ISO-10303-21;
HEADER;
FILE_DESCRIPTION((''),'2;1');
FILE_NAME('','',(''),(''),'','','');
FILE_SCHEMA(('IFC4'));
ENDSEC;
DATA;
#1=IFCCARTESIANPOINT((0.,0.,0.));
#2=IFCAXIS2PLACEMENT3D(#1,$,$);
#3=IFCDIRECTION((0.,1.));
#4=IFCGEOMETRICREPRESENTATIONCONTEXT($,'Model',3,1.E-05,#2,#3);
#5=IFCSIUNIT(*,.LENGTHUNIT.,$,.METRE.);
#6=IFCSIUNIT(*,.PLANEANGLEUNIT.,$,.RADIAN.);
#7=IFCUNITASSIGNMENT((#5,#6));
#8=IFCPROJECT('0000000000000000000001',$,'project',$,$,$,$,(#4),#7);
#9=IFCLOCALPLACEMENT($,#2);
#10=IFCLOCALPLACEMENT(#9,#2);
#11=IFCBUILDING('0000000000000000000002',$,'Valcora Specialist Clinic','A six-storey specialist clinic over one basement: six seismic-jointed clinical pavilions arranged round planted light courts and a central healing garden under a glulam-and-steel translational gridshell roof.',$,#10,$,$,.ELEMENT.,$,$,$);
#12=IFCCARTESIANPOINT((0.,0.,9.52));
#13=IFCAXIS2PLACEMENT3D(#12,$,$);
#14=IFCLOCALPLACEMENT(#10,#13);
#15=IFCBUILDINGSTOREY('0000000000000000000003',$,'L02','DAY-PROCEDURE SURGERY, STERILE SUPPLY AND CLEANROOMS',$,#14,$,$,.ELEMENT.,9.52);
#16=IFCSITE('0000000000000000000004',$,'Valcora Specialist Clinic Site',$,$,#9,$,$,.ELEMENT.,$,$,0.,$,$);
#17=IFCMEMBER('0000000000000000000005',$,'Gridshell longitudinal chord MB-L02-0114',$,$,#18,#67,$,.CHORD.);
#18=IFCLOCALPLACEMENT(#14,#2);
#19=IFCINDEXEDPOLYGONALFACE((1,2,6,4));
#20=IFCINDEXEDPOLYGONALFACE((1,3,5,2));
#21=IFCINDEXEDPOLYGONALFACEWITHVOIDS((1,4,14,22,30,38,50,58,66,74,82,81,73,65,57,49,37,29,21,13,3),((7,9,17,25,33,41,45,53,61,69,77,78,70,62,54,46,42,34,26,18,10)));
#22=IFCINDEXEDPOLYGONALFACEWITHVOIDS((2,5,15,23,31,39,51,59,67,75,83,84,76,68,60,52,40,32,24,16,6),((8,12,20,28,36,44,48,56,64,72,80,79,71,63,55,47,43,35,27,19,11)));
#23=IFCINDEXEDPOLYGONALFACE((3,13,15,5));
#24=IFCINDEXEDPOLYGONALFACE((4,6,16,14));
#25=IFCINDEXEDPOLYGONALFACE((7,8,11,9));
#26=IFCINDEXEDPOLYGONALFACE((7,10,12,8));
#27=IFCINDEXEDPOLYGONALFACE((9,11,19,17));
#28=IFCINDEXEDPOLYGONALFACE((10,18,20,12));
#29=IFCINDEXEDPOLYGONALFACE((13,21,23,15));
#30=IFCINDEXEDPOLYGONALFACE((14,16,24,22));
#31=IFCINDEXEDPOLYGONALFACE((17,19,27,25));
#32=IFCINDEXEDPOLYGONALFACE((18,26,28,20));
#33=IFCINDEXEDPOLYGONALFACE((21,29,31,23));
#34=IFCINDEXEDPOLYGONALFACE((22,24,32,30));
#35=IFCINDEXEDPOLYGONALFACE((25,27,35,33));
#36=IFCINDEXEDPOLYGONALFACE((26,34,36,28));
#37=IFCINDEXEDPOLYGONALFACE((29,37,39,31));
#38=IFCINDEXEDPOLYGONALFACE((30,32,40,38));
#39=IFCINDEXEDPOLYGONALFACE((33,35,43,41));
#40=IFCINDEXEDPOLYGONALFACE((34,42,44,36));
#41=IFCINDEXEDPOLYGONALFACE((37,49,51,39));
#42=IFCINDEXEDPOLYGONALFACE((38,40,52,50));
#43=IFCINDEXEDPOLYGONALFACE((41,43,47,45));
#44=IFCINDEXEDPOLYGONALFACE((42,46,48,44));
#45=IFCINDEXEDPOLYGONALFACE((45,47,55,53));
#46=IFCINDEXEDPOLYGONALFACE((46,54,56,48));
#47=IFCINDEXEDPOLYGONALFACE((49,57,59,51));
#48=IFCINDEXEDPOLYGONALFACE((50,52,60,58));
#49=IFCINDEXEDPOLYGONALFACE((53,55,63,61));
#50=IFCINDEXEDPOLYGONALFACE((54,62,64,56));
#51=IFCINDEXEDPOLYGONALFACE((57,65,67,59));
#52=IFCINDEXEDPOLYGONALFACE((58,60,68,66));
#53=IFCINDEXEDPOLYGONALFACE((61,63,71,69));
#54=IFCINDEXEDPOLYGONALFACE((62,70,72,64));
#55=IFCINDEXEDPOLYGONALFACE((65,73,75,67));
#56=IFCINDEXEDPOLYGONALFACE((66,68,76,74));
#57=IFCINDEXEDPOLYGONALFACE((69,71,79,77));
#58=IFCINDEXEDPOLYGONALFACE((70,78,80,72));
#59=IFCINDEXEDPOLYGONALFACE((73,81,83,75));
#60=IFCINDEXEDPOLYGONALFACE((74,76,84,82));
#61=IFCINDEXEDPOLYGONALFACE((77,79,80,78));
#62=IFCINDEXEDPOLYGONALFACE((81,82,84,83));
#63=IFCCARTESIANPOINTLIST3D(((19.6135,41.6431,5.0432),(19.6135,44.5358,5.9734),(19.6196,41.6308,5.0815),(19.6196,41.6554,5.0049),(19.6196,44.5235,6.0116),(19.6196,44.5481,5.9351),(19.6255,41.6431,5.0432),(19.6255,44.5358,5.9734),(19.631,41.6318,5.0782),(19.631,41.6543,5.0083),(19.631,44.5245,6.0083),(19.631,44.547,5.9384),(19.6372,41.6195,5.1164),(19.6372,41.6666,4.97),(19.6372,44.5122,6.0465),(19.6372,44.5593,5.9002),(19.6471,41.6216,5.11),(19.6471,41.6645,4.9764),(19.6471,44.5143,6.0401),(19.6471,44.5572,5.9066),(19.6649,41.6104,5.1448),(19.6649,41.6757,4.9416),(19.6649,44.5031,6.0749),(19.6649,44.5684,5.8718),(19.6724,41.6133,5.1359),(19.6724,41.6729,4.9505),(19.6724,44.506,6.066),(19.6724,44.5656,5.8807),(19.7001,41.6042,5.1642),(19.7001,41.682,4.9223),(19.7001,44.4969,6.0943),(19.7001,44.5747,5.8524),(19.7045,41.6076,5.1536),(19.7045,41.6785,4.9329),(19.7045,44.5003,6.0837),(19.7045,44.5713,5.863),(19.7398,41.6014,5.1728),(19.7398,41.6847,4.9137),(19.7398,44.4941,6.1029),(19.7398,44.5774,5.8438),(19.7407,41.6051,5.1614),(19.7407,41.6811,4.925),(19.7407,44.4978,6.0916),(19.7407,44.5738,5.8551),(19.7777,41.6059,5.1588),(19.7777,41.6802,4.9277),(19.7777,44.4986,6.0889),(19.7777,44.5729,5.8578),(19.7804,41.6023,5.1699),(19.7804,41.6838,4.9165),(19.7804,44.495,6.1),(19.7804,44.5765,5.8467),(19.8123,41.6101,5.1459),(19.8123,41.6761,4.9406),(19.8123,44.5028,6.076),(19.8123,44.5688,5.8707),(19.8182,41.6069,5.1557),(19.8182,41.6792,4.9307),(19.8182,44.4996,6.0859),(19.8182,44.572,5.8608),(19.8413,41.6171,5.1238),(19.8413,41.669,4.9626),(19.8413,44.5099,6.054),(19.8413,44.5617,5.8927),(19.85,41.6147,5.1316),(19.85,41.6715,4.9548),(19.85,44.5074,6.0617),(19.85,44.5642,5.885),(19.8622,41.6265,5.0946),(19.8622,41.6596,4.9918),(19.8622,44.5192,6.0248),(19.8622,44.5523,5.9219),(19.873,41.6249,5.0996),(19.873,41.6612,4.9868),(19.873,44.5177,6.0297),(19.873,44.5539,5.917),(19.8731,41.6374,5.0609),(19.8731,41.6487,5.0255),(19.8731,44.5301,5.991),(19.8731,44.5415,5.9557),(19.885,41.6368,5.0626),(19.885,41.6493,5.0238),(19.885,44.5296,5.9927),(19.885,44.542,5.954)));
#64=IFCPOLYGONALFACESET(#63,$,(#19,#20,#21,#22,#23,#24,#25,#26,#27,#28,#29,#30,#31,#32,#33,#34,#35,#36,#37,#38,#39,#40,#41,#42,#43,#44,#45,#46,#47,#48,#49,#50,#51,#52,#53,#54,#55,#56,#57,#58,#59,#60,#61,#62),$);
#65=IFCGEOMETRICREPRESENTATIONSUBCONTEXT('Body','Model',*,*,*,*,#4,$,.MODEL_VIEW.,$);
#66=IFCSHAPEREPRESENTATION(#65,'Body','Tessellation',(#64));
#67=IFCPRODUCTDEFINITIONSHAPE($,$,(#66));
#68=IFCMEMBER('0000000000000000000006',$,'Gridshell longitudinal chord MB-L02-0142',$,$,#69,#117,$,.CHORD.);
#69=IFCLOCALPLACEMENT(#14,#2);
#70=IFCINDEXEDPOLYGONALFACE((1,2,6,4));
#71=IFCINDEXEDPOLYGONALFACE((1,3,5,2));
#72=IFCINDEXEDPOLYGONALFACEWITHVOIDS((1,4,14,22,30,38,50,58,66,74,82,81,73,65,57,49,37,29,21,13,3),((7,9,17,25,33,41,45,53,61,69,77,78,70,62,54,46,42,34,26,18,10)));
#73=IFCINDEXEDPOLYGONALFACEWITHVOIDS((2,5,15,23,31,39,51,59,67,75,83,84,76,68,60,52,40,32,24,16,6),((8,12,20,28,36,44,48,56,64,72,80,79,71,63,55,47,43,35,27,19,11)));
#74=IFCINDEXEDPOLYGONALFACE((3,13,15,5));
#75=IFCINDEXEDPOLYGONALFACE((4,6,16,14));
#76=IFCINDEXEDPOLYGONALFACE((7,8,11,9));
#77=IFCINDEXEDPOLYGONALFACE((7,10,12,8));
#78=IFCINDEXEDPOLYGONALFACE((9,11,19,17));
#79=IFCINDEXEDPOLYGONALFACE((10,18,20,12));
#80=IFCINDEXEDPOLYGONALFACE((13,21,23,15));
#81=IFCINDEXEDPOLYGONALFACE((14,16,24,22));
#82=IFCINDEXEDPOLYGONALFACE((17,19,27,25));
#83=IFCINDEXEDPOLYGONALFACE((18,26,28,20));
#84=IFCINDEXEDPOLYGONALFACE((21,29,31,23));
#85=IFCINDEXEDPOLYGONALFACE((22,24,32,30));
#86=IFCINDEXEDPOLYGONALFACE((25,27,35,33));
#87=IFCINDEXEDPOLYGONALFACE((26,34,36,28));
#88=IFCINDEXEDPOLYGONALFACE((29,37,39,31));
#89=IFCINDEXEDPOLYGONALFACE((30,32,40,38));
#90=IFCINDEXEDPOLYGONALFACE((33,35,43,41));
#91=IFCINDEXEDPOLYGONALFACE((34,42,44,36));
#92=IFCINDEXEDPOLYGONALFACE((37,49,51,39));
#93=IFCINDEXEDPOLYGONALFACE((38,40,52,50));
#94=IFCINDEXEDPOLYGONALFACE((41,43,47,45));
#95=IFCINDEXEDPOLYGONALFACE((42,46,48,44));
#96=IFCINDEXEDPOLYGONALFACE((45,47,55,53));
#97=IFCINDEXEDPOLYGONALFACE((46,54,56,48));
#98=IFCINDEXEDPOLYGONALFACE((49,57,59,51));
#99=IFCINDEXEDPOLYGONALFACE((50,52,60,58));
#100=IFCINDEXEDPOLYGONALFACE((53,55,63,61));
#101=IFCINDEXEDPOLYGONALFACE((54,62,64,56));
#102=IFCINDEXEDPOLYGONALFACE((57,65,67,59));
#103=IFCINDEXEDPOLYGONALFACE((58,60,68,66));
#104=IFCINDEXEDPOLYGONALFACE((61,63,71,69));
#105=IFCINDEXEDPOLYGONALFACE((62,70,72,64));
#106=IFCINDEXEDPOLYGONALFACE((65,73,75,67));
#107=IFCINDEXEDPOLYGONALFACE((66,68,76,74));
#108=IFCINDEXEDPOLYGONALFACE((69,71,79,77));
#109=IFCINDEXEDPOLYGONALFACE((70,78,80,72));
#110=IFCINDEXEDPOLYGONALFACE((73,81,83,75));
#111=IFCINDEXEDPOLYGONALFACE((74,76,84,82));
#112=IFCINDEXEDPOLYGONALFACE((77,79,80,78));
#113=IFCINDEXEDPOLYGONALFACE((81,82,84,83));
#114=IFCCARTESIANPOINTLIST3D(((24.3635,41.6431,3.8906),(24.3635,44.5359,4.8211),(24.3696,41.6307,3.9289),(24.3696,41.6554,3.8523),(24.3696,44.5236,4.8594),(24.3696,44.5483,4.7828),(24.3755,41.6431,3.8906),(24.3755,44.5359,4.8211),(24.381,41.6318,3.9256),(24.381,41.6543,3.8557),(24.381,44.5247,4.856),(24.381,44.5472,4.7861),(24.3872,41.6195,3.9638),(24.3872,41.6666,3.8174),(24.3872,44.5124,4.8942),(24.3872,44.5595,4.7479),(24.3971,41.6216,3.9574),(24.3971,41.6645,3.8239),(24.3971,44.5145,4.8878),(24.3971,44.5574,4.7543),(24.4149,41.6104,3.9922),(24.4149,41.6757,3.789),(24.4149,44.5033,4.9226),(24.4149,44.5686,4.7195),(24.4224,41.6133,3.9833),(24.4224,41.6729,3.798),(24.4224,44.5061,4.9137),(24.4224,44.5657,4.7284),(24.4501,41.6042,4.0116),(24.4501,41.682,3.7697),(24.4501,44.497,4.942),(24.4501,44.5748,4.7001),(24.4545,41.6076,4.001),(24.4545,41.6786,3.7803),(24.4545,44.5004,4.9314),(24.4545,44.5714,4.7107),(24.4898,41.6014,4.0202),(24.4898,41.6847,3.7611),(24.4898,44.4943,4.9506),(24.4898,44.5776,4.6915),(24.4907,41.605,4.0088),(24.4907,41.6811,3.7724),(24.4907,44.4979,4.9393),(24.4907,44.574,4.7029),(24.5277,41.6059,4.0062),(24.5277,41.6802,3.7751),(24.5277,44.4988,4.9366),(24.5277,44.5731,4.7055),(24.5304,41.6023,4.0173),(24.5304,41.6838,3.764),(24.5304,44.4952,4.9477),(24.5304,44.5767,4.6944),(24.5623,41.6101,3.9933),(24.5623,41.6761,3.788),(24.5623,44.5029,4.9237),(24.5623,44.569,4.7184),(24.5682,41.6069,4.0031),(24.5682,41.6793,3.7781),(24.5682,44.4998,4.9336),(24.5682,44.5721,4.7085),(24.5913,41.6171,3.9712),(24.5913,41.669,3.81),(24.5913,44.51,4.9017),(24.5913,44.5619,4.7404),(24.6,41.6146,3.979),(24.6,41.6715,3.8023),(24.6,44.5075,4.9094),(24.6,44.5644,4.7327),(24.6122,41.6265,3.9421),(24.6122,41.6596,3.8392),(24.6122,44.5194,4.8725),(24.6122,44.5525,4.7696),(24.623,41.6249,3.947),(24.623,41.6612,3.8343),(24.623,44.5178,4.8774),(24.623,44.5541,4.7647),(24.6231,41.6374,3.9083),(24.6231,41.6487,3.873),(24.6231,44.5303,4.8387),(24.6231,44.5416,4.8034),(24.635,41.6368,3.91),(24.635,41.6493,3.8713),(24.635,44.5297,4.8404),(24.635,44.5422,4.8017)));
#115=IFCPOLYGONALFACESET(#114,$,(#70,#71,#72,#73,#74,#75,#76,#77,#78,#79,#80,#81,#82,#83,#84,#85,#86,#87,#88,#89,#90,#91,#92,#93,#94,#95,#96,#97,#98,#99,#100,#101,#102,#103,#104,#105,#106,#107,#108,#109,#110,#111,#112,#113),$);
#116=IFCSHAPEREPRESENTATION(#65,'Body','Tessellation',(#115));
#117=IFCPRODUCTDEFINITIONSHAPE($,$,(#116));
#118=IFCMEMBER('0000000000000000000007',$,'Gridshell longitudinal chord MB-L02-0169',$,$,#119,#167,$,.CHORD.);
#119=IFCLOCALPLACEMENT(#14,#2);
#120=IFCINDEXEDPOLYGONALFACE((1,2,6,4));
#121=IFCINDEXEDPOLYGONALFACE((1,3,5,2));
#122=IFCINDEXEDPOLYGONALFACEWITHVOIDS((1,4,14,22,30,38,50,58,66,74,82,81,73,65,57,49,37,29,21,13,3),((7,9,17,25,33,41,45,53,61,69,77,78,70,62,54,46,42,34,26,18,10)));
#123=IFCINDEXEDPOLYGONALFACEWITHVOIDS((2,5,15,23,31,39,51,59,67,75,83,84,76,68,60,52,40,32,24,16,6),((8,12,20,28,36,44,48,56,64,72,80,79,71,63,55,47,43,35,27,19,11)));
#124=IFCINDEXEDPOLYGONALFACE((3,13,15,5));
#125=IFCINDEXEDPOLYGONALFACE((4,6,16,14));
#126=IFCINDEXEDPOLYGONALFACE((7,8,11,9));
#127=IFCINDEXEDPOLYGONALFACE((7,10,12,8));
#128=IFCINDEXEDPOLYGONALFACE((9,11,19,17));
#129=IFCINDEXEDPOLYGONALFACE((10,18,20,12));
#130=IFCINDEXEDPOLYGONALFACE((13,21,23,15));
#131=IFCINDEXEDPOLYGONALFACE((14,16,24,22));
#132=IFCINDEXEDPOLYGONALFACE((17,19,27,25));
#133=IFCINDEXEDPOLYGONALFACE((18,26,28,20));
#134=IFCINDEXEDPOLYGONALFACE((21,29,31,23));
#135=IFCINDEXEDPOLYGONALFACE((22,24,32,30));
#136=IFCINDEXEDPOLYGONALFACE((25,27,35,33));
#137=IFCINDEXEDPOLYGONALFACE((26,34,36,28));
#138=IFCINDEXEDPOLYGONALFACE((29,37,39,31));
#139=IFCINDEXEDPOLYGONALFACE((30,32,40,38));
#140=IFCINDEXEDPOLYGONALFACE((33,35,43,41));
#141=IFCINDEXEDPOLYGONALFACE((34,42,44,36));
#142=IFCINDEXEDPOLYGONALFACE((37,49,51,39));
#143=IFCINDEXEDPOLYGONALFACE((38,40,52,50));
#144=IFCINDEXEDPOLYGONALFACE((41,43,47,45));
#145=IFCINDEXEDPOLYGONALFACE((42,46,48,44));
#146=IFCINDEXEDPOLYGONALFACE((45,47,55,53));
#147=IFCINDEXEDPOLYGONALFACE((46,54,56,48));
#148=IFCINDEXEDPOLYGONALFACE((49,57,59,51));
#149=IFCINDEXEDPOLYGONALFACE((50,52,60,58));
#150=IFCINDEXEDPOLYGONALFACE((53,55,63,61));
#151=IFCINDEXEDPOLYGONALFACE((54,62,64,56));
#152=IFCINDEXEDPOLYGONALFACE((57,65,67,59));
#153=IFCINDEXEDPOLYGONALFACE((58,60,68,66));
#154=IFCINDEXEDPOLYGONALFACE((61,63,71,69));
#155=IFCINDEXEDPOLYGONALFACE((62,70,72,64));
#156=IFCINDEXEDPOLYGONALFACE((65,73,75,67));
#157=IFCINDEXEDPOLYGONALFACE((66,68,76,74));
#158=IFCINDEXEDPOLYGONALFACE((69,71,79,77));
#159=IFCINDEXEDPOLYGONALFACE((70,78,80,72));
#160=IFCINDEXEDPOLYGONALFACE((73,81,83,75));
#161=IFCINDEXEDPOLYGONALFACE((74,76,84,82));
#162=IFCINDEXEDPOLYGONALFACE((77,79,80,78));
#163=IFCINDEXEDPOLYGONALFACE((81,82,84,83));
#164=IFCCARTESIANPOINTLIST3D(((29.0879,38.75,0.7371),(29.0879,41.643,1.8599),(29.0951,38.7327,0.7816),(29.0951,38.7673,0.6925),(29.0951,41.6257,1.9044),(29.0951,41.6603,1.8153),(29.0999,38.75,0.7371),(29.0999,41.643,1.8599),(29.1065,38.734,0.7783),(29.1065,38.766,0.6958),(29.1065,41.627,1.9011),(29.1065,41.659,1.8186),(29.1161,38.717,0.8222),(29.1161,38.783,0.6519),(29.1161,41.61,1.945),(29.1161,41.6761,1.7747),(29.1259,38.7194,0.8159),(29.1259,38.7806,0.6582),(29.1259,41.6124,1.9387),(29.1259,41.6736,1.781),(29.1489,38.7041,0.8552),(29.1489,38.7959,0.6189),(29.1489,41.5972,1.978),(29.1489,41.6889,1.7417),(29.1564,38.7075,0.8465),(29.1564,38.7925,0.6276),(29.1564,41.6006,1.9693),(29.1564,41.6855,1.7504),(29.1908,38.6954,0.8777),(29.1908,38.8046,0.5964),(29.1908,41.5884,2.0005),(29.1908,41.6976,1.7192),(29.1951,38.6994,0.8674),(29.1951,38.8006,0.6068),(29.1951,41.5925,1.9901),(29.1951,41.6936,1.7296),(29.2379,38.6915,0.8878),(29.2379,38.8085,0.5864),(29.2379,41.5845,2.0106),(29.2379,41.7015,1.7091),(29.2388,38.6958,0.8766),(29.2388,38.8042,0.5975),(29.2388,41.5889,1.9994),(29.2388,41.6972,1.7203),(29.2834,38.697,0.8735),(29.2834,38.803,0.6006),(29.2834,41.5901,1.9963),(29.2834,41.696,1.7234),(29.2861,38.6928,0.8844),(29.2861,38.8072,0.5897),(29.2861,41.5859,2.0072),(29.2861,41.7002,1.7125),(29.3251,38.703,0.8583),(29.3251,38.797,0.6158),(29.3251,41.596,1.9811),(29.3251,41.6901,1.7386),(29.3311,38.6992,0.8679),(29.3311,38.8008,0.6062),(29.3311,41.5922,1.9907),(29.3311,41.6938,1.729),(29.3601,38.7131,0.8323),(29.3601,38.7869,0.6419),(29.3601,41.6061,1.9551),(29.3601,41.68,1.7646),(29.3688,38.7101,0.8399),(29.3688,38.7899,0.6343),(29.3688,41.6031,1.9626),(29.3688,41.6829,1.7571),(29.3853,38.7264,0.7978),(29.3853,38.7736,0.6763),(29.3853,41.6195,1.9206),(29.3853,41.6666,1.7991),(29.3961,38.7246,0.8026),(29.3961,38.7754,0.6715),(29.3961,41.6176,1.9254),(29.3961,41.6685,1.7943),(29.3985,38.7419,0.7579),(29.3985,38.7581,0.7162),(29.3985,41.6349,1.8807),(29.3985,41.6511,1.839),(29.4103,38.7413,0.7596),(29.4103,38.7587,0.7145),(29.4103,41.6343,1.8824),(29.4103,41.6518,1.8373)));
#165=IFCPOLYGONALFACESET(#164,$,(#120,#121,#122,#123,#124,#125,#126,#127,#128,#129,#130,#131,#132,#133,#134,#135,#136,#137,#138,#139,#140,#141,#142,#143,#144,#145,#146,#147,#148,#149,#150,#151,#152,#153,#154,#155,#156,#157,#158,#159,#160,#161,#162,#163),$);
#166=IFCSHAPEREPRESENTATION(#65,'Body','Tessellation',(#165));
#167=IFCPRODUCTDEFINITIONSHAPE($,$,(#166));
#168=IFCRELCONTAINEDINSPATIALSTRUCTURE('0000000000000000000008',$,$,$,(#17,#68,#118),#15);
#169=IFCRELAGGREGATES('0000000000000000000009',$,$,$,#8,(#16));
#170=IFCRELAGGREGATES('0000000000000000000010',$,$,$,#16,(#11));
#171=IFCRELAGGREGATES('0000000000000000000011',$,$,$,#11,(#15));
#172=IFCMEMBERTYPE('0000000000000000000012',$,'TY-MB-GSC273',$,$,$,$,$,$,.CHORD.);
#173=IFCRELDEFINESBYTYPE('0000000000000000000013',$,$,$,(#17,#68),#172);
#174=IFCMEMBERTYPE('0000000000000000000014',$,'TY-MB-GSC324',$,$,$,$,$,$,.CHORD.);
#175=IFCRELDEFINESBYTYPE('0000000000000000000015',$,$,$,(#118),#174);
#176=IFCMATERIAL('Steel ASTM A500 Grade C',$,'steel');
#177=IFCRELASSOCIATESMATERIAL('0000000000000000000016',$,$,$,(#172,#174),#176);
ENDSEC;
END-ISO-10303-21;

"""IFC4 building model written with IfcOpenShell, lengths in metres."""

from ifc_helpers import new_model, si_unit, direction, frame, origin, origin_2d, place, context, subcontext, project, spatial, hollow_circle, extrude, material, material_profile, profile_set, type_object, element, save


model = new_model("IFC4")

# Units and contexts
model_context = context("Model", 3, precision=1e-05, world=origin(), true_north=direction((0.0, 1.0)))
body_context = subcontext(model_context, "Body", "Model", "MODEL_VIEW")
ifc_project = project(units=[si_unit("LENGTHUNIT", "METRE"), si_unit("PLANEANGLEUNIT", "RADIAN")], contexts=[model_context])

# Site, building, storey
site_placement = place(None, origin())
site = spatial("IfcSite", under=ifc_project, at=site_placement, Name="Valcora Specialist Clinic Site", CompositionType="ELEMENT", RefElevation=0.0)
building_placement = place(site_placement, origin())
building = spatial("IfcBuilding", under=site, at=building_placement, Name="Valcora Specialist Clinic", Description="A six-storey specialist clinic over one basement: six seismic-jointed clinical pavilions arranged round planted light courts and a central healing garden under a glulam-and-steel translational gridshell roof.", CompositionType="ELEMENT")
storey_placement = place(building_placement, frame((0.0, 0.0, 9.52)))
storey = spatial("IfcBuildingStorey", under=building, at=storey_placement, Name="L02", Description="DAY-PROCEDURE SURGERY, STERILE SUPPLY AND CLEANROOMS", CompositionType="ELEMENT", Elevation=9.52)

# Members
ifc_material_1 = material(Name="Steel ASTM A500 Grade C", Category="steel")
ifc_material_profile_1 = material_profile(ifc_material_1, hollow_circle(Radius=0.1365, WallThickness=0.012, at=origin_2d()), Name="ST-CHS-273X12")
ifc_profile_set_1 = profile_set([ifc_material_profile_1], Name="Steel ASTM A500 Grade C")
member_type_1 = type_object("IfcMemberType", Name="TY-MB-GSC273", PredefinedType="CHORD", material=ifc_profile_set_1)
member_1_placement = place(storey_placement, frame((19.75, 41.6431, 5.0432), z_axis=(0.0, 0.951996, 0.306111), x_axis=(-1.0, 0.0, 0.0)))
element("IfcMember", 1, at=member_1_placement, inside=storey, type_object=member_type_1, Name="Gridshell longitudinal chord MB-L02-0114", PredefinedType="CHORD", context=body_context, shape_type="SweptSolid", body=[
    extrude(hollow_circle(Radius=0.1365, WallThickness=0.012, at=origin_2d()), origin(), (0.0, 0.0, 1.0), 3.0386),
])
member_2_placement = place(storey_placement, frame((24.5, 41.6431, 3.8906), z_axis=(0.0, 0.951973, 0.306183), x_axis=(-1.0, 0.0, 0.0)))
element("IfcMember", 2, at=member_2_placement, inside=storey, type_object=member_type_1, Name="Gridshell longitudinal chord MB-L02-0142", PredefinedType="CHORD", context=body_context, shape_type="SweptSolid", body=[
    extrude(hollow_circle(Radius=0.1365, WallThickness=0.012, at=origin_2d()), origin(), (0.0, 0.0, 1.0), 3.0388),
])
ifc_material_profile_2 = material_profile(ifc_material_1, hollow_circle(Radius=0.1621, WallThickness=0.012, at=origin_2d()), Name="ST-CHS-324X12")
ifc_profile_set_2 = profile_set([ifc_material_profile_2], Name="Steel ASTM A500 Grade C")
member_type_2 = type_object("IfcMemberType", Name="TY-MB-GSC324", PredefinedType="CHORD", material=ifc_profile_set_2)
member_3_placement = place(storey_placement, frame((29.25, 38.75, 0.7371), z_axis=(0.0, 0.932252, 0.361808), x_axis=(-1.0, 0.0, 0.0)))
element("IfcMember", 3, at=member_3_placement, inside=storey, type_object=member_type_2, Name="Gridshell longitudinal chord MB-L02-0169", PredefinedType="CHORD", context=body_context, shape_type="SweptSolid", body=[
    extrude(hollow_circle(Radius=0.1621, WallThickness=0.012, at=origin_2d()), origin(), (0.0, 0.0, 1.0), 3.1033),
])

save(model, "model.ifc")
